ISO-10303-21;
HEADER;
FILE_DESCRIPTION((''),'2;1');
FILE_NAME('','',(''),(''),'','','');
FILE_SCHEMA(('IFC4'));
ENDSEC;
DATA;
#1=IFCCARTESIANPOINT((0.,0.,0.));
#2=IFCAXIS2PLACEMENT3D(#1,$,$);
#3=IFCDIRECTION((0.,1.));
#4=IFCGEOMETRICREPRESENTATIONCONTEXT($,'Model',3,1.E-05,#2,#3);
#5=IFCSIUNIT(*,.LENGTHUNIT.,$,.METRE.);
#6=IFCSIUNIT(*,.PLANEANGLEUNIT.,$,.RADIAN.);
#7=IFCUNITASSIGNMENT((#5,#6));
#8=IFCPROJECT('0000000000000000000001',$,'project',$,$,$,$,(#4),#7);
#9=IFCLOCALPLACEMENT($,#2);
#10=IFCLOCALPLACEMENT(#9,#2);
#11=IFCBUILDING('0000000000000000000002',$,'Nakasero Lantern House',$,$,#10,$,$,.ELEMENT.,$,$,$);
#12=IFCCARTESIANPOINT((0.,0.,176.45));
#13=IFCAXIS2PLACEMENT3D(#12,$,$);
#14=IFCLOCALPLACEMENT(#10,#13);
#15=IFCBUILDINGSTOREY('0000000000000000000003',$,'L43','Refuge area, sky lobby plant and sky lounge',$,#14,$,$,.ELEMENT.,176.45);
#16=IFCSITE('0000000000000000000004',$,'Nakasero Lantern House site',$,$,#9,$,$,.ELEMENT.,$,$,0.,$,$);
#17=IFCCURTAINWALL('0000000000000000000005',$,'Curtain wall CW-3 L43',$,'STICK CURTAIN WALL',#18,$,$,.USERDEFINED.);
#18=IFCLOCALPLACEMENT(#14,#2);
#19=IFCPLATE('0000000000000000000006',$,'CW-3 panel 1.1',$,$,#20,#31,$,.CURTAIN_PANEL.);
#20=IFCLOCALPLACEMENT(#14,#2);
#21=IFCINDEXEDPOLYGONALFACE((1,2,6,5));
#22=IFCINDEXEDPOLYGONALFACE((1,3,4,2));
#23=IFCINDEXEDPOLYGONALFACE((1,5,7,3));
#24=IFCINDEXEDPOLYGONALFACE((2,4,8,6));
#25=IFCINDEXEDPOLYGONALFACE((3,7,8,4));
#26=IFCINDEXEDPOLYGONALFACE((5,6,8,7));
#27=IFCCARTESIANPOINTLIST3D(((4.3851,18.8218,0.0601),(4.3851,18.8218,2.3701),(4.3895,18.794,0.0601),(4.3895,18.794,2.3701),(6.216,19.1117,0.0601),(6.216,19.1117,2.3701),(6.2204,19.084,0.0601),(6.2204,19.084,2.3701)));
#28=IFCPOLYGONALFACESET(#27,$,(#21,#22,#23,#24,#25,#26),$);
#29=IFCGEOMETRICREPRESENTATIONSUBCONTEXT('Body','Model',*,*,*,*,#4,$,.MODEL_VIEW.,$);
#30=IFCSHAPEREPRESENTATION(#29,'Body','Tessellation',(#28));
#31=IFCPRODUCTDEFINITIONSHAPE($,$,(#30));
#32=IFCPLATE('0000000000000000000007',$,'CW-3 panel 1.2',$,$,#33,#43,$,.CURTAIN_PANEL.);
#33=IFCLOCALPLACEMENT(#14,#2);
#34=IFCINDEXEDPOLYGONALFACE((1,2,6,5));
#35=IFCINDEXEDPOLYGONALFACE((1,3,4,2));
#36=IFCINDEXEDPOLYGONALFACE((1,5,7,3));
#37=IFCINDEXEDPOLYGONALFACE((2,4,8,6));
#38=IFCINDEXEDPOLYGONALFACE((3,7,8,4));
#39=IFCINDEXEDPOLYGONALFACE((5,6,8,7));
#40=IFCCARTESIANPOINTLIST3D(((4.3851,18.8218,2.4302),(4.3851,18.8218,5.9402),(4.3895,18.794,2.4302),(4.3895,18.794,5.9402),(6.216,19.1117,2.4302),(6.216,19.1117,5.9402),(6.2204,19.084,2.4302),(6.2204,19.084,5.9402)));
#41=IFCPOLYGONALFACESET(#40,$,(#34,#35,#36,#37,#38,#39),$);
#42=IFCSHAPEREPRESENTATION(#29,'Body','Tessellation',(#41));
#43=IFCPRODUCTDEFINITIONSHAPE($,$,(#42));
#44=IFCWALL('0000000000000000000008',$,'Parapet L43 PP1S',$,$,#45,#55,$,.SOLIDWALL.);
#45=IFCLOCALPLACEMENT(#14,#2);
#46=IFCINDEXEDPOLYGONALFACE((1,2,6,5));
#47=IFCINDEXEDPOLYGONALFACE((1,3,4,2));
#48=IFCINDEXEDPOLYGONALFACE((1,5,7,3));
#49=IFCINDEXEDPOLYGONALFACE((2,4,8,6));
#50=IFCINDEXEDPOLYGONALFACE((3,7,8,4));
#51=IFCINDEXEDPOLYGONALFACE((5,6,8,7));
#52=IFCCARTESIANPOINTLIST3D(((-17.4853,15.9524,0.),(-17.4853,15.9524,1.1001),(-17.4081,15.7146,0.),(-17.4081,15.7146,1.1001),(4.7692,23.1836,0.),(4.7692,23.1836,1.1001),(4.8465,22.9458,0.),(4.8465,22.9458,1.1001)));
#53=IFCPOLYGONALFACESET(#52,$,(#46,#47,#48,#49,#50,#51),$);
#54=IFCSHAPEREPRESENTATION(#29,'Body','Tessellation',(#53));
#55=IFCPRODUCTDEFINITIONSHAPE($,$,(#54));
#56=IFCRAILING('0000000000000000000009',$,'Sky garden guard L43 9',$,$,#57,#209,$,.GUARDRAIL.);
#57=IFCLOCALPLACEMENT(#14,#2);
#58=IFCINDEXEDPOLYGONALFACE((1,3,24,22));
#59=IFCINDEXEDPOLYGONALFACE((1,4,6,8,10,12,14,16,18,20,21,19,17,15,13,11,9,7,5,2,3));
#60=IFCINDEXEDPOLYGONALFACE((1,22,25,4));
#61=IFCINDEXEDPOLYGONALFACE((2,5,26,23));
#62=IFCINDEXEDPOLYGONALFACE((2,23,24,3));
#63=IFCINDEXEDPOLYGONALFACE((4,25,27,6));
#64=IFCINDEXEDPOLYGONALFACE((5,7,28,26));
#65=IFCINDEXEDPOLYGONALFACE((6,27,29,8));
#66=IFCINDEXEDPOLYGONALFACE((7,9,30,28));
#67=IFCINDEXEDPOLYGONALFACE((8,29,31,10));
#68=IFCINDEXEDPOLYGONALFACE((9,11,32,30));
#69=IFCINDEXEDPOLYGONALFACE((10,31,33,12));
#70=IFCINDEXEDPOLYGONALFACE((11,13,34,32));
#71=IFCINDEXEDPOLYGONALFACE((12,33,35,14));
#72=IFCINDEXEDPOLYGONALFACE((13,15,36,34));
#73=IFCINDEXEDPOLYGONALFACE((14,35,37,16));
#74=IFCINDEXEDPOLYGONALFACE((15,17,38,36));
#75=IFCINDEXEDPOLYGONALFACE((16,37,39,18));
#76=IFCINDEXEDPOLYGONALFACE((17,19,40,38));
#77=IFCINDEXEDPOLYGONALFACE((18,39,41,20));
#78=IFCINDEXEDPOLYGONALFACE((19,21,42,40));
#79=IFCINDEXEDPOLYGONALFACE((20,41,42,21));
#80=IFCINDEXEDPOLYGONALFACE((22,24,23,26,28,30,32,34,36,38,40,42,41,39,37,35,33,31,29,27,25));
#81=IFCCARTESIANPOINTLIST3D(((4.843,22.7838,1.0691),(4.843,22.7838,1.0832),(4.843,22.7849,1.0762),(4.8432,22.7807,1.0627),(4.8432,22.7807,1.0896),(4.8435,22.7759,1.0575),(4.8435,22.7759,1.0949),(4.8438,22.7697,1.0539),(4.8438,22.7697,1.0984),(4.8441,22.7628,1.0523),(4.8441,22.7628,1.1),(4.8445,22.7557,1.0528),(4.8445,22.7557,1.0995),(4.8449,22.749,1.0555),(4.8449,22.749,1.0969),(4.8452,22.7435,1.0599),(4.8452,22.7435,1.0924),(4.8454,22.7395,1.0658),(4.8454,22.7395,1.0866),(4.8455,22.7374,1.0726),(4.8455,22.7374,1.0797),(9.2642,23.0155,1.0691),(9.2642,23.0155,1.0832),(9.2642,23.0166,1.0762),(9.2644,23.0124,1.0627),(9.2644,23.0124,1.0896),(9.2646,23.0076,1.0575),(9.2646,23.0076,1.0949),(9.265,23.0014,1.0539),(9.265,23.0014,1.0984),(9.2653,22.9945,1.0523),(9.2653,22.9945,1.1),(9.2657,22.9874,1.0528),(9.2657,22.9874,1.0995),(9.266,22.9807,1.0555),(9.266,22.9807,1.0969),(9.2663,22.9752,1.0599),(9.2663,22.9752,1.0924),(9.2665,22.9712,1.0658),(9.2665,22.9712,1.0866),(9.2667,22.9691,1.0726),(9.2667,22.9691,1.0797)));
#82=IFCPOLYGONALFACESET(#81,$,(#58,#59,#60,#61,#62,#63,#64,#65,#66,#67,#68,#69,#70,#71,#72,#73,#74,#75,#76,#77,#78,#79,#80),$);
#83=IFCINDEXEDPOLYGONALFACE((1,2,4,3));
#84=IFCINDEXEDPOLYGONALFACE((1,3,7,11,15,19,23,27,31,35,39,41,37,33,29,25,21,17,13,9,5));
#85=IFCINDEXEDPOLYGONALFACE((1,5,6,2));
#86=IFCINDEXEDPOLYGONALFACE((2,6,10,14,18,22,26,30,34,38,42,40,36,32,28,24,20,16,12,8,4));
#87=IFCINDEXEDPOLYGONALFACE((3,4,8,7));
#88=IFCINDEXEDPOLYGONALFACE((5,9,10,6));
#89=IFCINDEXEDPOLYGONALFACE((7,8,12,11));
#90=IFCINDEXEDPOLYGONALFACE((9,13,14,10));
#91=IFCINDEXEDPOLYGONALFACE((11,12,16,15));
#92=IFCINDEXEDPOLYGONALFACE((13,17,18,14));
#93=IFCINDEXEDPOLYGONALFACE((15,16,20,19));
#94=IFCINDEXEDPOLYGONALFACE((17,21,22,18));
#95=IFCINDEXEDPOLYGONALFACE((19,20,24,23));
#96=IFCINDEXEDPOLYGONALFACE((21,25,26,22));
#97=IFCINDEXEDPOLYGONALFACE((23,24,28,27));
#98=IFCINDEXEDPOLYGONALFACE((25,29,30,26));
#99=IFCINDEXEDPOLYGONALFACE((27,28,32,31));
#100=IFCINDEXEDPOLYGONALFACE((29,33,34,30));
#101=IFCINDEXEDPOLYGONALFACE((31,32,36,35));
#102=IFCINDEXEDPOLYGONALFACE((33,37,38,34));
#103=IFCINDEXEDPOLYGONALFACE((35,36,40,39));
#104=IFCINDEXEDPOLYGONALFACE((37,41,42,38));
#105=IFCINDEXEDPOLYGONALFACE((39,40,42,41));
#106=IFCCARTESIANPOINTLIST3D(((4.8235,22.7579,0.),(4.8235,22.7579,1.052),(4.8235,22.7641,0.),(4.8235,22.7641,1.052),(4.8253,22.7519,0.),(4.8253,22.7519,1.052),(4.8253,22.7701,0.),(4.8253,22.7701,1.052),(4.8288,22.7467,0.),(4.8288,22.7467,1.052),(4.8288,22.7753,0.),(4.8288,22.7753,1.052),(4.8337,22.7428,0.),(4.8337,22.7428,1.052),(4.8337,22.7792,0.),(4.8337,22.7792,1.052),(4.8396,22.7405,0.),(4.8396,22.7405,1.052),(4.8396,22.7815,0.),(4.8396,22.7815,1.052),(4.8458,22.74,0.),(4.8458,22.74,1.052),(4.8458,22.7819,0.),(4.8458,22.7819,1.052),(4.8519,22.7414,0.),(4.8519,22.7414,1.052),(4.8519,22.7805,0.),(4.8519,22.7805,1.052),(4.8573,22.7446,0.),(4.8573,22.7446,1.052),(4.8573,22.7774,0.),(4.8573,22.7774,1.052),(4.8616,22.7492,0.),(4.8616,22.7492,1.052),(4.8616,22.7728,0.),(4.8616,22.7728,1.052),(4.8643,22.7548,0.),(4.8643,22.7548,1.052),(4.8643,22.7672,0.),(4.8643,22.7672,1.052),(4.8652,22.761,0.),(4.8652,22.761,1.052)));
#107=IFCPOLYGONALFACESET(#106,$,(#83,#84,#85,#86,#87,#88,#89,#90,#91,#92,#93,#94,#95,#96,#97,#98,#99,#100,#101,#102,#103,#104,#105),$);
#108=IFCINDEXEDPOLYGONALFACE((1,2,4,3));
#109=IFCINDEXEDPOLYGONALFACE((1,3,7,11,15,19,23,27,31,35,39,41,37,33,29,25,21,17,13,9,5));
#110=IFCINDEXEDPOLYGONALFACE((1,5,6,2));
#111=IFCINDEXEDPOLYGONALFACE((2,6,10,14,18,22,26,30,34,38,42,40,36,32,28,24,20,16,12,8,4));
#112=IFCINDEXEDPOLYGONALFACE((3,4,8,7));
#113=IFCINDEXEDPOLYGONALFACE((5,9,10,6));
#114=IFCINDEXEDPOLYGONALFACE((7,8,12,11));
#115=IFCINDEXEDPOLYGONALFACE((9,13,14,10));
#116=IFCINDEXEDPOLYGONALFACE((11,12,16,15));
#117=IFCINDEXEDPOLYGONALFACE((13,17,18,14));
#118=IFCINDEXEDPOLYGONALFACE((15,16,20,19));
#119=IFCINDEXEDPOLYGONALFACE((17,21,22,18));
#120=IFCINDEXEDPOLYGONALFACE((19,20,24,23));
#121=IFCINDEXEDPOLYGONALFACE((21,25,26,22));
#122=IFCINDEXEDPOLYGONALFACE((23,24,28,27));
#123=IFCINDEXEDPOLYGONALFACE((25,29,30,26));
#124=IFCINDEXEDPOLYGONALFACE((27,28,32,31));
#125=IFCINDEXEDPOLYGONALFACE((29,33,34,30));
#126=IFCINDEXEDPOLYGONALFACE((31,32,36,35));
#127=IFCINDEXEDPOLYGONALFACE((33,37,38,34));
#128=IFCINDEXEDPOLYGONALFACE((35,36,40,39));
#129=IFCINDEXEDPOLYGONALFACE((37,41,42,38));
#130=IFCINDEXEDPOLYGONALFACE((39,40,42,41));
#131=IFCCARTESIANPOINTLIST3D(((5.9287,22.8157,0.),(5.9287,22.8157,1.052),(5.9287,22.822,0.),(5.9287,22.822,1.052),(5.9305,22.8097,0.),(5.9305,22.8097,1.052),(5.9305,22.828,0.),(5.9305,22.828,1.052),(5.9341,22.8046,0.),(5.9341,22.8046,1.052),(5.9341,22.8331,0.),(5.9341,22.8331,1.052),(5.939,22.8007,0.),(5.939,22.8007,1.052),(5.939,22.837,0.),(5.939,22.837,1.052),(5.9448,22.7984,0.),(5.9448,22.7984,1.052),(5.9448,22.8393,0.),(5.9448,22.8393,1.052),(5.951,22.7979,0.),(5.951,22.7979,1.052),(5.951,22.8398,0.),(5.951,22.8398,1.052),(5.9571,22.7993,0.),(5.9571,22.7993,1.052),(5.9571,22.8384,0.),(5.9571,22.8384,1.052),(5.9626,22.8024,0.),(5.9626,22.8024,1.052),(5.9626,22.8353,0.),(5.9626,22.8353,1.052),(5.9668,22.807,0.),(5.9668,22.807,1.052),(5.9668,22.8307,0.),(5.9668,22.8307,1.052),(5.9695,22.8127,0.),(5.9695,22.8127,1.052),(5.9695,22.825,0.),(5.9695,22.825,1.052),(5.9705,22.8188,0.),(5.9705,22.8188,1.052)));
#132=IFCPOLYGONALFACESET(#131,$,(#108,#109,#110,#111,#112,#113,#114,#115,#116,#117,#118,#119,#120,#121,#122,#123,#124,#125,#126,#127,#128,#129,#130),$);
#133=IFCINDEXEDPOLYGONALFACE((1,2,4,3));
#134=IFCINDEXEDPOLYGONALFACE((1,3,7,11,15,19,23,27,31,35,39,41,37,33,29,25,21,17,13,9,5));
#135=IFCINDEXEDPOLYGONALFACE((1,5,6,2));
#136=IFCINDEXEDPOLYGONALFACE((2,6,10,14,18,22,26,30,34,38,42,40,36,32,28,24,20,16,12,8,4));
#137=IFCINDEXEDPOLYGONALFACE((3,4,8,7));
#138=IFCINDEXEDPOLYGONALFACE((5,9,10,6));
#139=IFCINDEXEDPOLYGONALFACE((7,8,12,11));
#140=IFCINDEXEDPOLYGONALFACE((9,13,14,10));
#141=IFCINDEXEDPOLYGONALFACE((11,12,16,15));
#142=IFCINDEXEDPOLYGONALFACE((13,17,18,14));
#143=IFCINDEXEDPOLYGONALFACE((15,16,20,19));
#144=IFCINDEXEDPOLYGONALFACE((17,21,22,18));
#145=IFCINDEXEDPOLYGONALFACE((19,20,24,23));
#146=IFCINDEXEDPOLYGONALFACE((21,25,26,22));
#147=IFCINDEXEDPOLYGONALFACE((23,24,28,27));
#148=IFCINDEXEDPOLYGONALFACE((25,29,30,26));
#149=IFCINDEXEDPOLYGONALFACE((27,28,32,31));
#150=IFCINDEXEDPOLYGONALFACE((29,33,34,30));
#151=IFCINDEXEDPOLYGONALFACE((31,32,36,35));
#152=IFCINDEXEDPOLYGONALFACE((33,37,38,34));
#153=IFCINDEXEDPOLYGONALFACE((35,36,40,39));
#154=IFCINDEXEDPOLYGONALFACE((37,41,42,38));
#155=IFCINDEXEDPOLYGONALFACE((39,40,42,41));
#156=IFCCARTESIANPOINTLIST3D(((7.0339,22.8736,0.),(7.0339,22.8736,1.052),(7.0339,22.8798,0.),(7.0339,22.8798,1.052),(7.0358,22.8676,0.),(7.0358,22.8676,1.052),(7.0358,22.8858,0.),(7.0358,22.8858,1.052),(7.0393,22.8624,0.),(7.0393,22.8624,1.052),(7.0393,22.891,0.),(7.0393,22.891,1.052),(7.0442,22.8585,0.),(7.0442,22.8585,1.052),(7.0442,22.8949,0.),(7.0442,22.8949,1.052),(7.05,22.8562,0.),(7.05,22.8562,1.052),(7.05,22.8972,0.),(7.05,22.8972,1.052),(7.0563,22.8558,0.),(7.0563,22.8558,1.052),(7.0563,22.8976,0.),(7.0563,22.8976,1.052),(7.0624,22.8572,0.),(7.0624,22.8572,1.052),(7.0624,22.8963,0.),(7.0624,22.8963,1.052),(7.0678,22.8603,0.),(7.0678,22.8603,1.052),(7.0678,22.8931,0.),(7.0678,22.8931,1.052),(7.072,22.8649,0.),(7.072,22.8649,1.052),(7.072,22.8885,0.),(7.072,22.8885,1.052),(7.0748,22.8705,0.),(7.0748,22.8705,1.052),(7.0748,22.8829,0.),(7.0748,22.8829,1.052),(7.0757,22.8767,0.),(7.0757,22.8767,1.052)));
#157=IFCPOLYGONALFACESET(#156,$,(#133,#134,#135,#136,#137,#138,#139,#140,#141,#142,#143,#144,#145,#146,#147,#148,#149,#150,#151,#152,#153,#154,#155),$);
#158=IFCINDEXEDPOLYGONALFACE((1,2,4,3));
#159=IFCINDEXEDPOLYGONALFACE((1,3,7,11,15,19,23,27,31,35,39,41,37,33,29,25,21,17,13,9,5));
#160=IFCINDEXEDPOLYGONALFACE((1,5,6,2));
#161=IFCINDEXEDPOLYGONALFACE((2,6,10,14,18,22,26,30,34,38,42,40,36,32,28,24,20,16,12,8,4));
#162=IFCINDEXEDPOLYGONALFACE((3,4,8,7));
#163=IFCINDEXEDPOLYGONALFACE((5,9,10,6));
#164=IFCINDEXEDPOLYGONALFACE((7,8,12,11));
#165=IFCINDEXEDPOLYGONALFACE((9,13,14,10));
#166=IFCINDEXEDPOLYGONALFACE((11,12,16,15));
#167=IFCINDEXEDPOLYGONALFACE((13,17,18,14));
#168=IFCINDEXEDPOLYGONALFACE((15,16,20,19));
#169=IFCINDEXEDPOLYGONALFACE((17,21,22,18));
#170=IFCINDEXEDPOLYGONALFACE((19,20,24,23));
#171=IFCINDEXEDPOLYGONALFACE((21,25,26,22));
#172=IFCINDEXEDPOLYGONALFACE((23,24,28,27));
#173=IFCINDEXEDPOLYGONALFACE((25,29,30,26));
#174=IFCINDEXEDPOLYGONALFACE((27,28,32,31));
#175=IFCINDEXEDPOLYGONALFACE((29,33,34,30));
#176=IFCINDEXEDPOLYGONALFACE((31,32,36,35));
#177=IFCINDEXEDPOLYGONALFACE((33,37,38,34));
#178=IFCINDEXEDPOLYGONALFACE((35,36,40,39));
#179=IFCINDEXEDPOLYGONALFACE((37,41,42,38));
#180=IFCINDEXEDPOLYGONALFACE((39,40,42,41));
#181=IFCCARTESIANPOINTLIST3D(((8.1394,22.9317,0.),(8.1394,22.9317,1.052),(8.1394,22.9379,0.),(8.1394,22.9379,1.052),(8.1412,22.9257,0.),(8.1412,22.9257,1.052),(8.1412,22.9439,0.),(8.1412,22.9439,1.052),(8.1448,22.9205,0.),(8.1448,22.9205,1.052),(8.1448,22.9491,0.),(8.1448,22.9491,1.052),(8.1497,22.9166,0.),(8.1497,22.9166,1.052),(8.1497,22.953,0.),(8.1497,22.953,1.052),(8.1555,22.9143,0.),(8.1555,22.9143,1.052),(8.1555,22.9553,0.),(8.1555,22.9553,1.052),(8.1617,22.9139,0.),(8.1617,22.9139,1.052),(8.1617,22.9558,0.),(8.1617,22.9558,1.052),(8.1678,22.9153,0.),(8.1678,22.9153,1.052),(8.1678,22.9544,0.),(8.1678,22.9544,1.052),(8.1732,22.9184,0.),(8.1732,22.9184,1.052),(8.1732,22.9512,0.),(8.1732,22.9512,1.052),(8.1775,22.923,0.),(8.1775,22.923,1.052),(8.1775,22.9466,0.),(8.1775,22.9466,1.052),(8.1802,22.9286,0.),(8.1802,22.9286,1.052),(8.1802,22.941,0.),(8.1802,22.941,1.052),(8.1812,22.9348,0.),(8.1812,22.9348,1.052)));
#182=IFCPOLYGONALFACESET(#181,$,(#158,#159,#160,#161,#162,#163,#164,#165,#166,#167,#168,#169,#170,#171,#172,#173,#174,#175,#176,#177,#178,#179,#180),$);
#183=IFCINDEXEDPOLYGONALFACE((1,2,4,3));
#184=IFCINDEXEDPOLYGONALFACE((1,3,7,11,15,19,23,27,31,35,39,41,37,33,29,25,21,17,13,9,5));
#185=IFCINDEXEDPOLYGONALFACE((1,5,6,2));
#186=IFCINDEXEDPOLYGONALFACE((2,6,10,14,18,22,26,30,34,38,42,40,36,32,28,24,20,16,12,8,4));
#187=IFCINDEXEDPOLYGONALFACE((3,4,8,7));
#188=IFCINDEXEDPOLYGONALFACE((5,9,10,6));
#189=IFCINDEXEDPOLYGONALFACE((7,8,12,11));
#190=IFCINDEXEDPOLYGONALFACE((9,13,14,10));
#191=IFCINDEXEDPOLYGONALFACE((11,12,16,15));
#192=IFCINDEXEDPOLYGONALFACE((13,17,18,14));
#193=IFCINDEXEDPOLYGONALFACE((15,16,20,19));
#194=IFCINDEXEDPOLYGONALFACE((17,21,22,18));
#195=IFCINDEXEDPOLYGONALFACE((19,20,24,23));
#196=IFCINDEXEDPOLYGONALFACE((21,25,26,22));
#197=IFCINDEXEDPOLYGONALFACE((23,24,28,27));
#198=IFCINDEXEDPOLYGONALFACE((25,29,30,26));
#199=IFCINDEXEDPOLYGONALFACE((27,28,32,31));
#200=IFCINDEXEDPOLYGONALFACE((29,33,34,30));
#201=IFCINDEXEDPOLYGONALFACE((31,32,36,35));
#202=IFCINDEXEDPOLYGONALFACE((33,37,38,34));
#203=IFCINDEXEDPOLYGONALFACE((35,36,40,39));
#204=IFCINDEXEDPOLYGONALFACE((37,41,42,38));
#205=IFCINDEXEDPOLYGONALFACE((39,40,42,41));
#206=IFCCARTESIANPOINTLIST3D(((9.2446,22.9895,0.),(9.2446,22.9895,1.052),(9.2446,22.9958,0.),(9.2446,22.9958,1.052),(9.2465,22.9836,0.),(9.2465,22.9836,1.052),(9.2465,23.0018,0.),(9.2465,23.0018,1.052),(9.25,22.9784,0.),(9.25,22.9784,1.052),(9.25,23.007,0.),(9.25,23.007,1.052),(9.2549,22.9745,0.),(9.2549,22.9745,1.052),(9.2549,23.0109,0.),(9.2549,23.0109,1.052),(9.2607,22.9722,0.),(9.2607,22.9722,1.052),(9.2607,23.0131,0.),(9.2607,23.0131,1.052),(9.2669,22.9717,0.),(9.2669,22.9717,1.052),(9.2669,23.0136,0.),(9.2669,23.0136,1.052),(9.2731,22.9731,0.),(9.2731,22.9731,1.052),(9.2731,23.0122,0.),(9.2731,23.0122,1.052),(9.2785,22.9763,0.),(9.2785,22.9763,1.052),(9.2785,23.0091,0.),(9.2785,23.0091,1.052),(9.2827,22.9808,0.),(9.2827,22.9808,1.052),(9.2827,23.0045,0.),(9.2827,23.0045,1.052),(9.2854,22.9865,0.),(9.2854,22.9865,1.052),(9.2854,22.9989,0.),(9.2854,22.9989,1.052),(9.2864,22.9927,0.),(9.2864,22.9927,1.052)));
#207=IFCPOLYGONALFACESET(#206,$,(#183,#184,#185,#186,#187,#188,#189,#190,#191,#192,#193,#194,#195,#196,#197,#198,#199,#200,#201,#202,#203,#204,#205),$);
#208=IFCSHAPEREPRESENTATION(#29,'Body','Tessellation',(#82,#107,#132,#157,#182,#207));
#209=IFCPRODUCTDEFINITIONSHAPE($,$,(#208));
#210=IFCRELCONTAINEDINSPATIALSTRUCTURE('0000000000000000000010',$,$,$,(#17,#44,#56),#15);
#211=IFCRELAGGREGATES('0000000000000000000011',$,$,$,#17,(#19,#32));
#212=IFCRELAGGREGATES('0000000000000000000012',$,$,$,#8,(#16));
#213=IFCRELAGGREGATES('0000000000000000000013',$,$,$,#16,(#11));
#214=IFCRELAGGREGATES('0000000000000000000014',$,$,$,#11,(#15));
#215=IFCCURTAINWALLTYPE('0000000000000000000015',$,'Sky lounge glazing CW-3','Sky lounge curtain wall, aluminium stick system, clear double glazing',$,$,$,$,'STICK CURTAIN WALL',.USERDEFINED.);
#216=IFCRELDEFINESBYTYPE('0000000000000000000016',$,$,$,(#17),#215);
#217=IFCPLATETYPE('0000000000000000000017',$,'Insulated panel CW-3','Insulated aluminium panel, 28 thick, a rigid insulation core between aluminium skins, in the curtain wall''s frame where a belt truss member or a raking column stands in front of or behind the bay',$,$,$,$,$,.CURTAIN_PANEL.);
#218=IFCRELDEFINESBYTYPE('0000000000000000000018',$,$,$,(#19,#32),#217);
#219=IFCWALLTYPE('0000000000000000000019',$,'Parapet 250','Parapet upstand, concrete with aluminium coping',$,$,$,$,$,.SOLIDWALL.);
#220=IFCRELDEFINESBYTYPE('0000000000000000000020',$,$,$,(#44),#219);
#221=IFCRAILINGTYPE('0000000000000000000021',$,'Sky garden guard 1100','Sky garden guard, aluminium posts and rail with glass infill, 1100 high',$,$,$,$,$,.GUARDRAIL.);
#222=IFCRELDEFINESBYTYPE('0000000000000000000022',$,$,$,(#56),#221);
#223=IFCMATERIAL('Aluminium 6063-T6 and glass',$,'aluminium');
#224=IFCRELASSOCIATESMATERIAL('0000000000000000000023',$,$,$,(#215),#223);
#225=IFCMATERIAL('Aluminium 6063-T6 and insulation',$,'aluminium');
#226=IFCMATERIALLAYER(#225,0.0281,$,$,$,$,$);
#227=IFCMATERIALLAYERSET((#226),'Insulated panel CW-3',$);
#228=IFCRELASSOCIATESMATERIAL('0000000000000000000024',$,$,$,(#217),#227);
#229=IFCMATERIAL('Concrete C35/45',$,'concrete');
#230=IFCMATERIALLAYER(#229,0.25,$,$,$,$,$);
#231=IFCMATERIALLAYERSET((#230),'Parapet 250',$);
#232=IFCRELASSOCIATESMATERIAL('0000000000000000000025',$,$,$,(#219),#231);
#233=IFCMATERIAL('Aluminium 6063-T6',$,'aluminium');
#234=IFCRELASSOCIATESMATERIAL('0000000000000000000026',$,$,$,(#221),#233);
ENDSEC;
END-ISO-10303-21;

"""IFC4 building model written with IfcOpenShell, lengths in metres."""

from ifc_helpers import new_model, si_unit, direction, frame, frame_2d, origin, origin_2d, place, context, subcontext, project, spatial, rectangle, circle, extrude, material, layer, layer_set, type_object, element, aggregate, save


model = new_model("IFC4")

# Units and contexts
model_context = context("Model", 3, precision=1e-05, world=origin(), true_north=direction((0.0, 1.0)))
body_context = subcontext(model_context, "Body", "Model", "MODEL_VIEW")
ifc_project = project(units=[si_unit("LENGTHUNIT", "METRE"), si_unit("PLANEANGLEUNIT", "RADIAN")], contexts=[model_context])

# Site, building, storey
site_placement = place(None, origin())
site = spatial("IfcSite", under=ifc_project, at=site_placement, Name="Nakasero Lantern House site", CompositionType="ELEMENT", RefElevation=0.0)
building_placement = place(site_placement, origin())
building = spatial("IfcBuilding", under=site, at=building_placement, Name="Nakasero Lantern House", CompositionType="ELEMENT")
storey_placement = place(building_placement, frame((0.0, 0.0, 176.45)))
storey = spatial("IfcBuildingStorey", under=building, at=storey_placement, Name="L43", Description="Refuge area, sky lobby plant and sky lounge", CompositionType="ELEMENT", Elevation=176.45)

# Shared definitions
ifc_material_1 = material(Name="Aluminium 6063-T6 and glass", Category="aluminium")
curtain_wall_type = type_object("IfcCurtainWallType", Name="Sky lounge glazing CW-3", Description="Sky lounge curtain wall, aluminium stick system, clear double glazing", ElementType="STICK CURTAIN WALL", PredefinedType="USERDEFINED", material=ifc_material_1)

# Curtain wall
curtain_wall_1_placement = place(storey_placement, origin())
curtain_wall_1 = element("IfcCurtainWall", 1, at=curtain_wall_1_placement, inside=storey, type_object=curtain_wall_type, Name="Curtain wall CW-3 L43", ObjectType="STICK CURTAIN WALL", PredefinedType="USERDEFINED")

# Plates
ifc_material_2 = material(Name="Aluminium 6063-T6 and insulation", Category="aluminium")
ifc_layer_1 = layer(ifc_material_2, 0.0281)
ifc_layer_set_1 = layer_set([ifc_layer_1], Name="Insulated panel CW-3")
plate_type = type_object("IfcPlateType", Name="Insulated panel CW-3", Description="Insulated aluminium panel, 28 thick, a rigid insulation core between aluminium skins, in the curtain wall's frame where a belt truss member or a raking column stands in front of or behind the bay", PredefinedType="CURTAIN_PANEL", material=ifc_layer_set_1)
plate_1_placement = place(storey_placement, frame((5.3027, 18.9529, 0.0601), z_axis=(0.0, 0.0, 1.0), x_axis=(-0.987688, -0.156434, 0.0)))
plate_1 = element("IfcPlate", 2, at=plate_1_placement, type_object=plate_type, Name="CW-3 panel 1.1", PredefinedType="CURTAIN_PANEL", context=body_context, shape_type="SweptSolid", body=[
    extrude(rectangle(XDim=1.8538, YDim=0.0281, at=origin_2d()), origin(), (0.0, 0.0, 1.0), 2.3101),
])
plate_2_placement = place(storey_placement, frame((5.3027, 18.9529, 2.4302), z_axis=(0.0, 0.0, 1.0), x_axis=(-0.987688, -0.156434, 0.0)))
plate_2 = element("IfcPlate", 3, at=plate_2_placement, type_object=plate_type, Name="CW-3 panel 1.2", PredefinedType="CURTAIN_PANEL", context=body_context, shape_type="SweptSolid", body=[
    extrude(rectangle(XDim=1.8538, YDim=0.0281, at=origin_2d()), origin(), (0.0, 0.0, 1.0), 3.51),
])
aggregate(curtain_wall_1, [plate_1, plate_2])

# Wall
ifc_material_3 = material(Name="Concrete C35/45", Category="concrete")
ifc_layer_2 = layer(ifc_material_3, 0.25)
ifc_layer_set_2 = layer_set([ifc_layer_2], Name="Parapet 250")
wall_type = type_object("IfcWallType", Name="Parapet 250", Description="Parapet upstand, concrete with aluminium coping", PredefinedType="SOLIDWALL", material=ifc_layer_set_2)
wall_placement = place(storey_placement, frame((4.8079, 23.0647, 0.0), z_axis=(0.0, 0.0, 1.0), x_axis=(-0.951054, -0.309026, 0.0)))
element("IfcWall", 4, at=wall_placement, inside=storey, type_object=wall_type, Name="Parapet L43 PP1S", PredefinedType="SOLIDWALL", context=body_context, shape_type="SweptSolid", body=[
    extrude(rectangle(XDim=23.3999, YDim=0.25, at=frame_2d((11.7, 0.0))), origin(), (0.0, 0.0, 1.0), 1.1001),
])

# Railing
ifc_material_4 = material(Name="Aluminium 6063-T6", Category="aluminium")
railing_type = type_object("IfcRailingType", Name="Sky garden guard 1100", Description="Sky garden guard, aluminium posts and rail with glass infill, 1100 high", PredefinedType="GUARDRAIL", material=ifc_material_4)
railing_placement = place(storey_placement, frame((4.8442, 22.761, 0.0)))
element("IfcRailing", 5, at=railing_placement, inside=storey, type_object=railing_type, Name="Sky garden guard L43 9", PredefinedType="GUARDRAIL", context=body_context, shape_type="SweptSolid", body=[
    extrude(circle(Radius=0.0239, at=origin_2d()), frame((0.0, 0.0, 1.0762), z_axis=(0.99863, 0.052333, 0.0), x_axis=(-0.052333, 0.99863, 0.0)), (0.0, 0.0, 1.0), 4.4272),
    extrude(circle(Radius=0.021, at=origin_2d()), origin(), (0.0, 0.0, 1.0), 1.052),
    extrude(circle(Radius=0.021, at=origin_2d()), frame((1.1052, 0.0579, 0.0)), (0.0, 0.0, 1.0), 1.052),
    extrude(circle(Radius=0.021, at=origin_2d()), frame((2.2104, 0.1157, 0.0)), (0.0, 0.0, 1.0), 1.052),
    extrude(circle(Radius=0.021, at=origin_2d()), frame((3.3159, 0.1738, 0.0)), (0.0, 0.0, 1.0), 1.052),
    extrude(circle(Radius=0.021, at=origin_2d()), frame((4.4211, 0.2317, 0.0)), (0.0, 0.0, 1.0), 1.052),
])

save(model, "model.ifc")
